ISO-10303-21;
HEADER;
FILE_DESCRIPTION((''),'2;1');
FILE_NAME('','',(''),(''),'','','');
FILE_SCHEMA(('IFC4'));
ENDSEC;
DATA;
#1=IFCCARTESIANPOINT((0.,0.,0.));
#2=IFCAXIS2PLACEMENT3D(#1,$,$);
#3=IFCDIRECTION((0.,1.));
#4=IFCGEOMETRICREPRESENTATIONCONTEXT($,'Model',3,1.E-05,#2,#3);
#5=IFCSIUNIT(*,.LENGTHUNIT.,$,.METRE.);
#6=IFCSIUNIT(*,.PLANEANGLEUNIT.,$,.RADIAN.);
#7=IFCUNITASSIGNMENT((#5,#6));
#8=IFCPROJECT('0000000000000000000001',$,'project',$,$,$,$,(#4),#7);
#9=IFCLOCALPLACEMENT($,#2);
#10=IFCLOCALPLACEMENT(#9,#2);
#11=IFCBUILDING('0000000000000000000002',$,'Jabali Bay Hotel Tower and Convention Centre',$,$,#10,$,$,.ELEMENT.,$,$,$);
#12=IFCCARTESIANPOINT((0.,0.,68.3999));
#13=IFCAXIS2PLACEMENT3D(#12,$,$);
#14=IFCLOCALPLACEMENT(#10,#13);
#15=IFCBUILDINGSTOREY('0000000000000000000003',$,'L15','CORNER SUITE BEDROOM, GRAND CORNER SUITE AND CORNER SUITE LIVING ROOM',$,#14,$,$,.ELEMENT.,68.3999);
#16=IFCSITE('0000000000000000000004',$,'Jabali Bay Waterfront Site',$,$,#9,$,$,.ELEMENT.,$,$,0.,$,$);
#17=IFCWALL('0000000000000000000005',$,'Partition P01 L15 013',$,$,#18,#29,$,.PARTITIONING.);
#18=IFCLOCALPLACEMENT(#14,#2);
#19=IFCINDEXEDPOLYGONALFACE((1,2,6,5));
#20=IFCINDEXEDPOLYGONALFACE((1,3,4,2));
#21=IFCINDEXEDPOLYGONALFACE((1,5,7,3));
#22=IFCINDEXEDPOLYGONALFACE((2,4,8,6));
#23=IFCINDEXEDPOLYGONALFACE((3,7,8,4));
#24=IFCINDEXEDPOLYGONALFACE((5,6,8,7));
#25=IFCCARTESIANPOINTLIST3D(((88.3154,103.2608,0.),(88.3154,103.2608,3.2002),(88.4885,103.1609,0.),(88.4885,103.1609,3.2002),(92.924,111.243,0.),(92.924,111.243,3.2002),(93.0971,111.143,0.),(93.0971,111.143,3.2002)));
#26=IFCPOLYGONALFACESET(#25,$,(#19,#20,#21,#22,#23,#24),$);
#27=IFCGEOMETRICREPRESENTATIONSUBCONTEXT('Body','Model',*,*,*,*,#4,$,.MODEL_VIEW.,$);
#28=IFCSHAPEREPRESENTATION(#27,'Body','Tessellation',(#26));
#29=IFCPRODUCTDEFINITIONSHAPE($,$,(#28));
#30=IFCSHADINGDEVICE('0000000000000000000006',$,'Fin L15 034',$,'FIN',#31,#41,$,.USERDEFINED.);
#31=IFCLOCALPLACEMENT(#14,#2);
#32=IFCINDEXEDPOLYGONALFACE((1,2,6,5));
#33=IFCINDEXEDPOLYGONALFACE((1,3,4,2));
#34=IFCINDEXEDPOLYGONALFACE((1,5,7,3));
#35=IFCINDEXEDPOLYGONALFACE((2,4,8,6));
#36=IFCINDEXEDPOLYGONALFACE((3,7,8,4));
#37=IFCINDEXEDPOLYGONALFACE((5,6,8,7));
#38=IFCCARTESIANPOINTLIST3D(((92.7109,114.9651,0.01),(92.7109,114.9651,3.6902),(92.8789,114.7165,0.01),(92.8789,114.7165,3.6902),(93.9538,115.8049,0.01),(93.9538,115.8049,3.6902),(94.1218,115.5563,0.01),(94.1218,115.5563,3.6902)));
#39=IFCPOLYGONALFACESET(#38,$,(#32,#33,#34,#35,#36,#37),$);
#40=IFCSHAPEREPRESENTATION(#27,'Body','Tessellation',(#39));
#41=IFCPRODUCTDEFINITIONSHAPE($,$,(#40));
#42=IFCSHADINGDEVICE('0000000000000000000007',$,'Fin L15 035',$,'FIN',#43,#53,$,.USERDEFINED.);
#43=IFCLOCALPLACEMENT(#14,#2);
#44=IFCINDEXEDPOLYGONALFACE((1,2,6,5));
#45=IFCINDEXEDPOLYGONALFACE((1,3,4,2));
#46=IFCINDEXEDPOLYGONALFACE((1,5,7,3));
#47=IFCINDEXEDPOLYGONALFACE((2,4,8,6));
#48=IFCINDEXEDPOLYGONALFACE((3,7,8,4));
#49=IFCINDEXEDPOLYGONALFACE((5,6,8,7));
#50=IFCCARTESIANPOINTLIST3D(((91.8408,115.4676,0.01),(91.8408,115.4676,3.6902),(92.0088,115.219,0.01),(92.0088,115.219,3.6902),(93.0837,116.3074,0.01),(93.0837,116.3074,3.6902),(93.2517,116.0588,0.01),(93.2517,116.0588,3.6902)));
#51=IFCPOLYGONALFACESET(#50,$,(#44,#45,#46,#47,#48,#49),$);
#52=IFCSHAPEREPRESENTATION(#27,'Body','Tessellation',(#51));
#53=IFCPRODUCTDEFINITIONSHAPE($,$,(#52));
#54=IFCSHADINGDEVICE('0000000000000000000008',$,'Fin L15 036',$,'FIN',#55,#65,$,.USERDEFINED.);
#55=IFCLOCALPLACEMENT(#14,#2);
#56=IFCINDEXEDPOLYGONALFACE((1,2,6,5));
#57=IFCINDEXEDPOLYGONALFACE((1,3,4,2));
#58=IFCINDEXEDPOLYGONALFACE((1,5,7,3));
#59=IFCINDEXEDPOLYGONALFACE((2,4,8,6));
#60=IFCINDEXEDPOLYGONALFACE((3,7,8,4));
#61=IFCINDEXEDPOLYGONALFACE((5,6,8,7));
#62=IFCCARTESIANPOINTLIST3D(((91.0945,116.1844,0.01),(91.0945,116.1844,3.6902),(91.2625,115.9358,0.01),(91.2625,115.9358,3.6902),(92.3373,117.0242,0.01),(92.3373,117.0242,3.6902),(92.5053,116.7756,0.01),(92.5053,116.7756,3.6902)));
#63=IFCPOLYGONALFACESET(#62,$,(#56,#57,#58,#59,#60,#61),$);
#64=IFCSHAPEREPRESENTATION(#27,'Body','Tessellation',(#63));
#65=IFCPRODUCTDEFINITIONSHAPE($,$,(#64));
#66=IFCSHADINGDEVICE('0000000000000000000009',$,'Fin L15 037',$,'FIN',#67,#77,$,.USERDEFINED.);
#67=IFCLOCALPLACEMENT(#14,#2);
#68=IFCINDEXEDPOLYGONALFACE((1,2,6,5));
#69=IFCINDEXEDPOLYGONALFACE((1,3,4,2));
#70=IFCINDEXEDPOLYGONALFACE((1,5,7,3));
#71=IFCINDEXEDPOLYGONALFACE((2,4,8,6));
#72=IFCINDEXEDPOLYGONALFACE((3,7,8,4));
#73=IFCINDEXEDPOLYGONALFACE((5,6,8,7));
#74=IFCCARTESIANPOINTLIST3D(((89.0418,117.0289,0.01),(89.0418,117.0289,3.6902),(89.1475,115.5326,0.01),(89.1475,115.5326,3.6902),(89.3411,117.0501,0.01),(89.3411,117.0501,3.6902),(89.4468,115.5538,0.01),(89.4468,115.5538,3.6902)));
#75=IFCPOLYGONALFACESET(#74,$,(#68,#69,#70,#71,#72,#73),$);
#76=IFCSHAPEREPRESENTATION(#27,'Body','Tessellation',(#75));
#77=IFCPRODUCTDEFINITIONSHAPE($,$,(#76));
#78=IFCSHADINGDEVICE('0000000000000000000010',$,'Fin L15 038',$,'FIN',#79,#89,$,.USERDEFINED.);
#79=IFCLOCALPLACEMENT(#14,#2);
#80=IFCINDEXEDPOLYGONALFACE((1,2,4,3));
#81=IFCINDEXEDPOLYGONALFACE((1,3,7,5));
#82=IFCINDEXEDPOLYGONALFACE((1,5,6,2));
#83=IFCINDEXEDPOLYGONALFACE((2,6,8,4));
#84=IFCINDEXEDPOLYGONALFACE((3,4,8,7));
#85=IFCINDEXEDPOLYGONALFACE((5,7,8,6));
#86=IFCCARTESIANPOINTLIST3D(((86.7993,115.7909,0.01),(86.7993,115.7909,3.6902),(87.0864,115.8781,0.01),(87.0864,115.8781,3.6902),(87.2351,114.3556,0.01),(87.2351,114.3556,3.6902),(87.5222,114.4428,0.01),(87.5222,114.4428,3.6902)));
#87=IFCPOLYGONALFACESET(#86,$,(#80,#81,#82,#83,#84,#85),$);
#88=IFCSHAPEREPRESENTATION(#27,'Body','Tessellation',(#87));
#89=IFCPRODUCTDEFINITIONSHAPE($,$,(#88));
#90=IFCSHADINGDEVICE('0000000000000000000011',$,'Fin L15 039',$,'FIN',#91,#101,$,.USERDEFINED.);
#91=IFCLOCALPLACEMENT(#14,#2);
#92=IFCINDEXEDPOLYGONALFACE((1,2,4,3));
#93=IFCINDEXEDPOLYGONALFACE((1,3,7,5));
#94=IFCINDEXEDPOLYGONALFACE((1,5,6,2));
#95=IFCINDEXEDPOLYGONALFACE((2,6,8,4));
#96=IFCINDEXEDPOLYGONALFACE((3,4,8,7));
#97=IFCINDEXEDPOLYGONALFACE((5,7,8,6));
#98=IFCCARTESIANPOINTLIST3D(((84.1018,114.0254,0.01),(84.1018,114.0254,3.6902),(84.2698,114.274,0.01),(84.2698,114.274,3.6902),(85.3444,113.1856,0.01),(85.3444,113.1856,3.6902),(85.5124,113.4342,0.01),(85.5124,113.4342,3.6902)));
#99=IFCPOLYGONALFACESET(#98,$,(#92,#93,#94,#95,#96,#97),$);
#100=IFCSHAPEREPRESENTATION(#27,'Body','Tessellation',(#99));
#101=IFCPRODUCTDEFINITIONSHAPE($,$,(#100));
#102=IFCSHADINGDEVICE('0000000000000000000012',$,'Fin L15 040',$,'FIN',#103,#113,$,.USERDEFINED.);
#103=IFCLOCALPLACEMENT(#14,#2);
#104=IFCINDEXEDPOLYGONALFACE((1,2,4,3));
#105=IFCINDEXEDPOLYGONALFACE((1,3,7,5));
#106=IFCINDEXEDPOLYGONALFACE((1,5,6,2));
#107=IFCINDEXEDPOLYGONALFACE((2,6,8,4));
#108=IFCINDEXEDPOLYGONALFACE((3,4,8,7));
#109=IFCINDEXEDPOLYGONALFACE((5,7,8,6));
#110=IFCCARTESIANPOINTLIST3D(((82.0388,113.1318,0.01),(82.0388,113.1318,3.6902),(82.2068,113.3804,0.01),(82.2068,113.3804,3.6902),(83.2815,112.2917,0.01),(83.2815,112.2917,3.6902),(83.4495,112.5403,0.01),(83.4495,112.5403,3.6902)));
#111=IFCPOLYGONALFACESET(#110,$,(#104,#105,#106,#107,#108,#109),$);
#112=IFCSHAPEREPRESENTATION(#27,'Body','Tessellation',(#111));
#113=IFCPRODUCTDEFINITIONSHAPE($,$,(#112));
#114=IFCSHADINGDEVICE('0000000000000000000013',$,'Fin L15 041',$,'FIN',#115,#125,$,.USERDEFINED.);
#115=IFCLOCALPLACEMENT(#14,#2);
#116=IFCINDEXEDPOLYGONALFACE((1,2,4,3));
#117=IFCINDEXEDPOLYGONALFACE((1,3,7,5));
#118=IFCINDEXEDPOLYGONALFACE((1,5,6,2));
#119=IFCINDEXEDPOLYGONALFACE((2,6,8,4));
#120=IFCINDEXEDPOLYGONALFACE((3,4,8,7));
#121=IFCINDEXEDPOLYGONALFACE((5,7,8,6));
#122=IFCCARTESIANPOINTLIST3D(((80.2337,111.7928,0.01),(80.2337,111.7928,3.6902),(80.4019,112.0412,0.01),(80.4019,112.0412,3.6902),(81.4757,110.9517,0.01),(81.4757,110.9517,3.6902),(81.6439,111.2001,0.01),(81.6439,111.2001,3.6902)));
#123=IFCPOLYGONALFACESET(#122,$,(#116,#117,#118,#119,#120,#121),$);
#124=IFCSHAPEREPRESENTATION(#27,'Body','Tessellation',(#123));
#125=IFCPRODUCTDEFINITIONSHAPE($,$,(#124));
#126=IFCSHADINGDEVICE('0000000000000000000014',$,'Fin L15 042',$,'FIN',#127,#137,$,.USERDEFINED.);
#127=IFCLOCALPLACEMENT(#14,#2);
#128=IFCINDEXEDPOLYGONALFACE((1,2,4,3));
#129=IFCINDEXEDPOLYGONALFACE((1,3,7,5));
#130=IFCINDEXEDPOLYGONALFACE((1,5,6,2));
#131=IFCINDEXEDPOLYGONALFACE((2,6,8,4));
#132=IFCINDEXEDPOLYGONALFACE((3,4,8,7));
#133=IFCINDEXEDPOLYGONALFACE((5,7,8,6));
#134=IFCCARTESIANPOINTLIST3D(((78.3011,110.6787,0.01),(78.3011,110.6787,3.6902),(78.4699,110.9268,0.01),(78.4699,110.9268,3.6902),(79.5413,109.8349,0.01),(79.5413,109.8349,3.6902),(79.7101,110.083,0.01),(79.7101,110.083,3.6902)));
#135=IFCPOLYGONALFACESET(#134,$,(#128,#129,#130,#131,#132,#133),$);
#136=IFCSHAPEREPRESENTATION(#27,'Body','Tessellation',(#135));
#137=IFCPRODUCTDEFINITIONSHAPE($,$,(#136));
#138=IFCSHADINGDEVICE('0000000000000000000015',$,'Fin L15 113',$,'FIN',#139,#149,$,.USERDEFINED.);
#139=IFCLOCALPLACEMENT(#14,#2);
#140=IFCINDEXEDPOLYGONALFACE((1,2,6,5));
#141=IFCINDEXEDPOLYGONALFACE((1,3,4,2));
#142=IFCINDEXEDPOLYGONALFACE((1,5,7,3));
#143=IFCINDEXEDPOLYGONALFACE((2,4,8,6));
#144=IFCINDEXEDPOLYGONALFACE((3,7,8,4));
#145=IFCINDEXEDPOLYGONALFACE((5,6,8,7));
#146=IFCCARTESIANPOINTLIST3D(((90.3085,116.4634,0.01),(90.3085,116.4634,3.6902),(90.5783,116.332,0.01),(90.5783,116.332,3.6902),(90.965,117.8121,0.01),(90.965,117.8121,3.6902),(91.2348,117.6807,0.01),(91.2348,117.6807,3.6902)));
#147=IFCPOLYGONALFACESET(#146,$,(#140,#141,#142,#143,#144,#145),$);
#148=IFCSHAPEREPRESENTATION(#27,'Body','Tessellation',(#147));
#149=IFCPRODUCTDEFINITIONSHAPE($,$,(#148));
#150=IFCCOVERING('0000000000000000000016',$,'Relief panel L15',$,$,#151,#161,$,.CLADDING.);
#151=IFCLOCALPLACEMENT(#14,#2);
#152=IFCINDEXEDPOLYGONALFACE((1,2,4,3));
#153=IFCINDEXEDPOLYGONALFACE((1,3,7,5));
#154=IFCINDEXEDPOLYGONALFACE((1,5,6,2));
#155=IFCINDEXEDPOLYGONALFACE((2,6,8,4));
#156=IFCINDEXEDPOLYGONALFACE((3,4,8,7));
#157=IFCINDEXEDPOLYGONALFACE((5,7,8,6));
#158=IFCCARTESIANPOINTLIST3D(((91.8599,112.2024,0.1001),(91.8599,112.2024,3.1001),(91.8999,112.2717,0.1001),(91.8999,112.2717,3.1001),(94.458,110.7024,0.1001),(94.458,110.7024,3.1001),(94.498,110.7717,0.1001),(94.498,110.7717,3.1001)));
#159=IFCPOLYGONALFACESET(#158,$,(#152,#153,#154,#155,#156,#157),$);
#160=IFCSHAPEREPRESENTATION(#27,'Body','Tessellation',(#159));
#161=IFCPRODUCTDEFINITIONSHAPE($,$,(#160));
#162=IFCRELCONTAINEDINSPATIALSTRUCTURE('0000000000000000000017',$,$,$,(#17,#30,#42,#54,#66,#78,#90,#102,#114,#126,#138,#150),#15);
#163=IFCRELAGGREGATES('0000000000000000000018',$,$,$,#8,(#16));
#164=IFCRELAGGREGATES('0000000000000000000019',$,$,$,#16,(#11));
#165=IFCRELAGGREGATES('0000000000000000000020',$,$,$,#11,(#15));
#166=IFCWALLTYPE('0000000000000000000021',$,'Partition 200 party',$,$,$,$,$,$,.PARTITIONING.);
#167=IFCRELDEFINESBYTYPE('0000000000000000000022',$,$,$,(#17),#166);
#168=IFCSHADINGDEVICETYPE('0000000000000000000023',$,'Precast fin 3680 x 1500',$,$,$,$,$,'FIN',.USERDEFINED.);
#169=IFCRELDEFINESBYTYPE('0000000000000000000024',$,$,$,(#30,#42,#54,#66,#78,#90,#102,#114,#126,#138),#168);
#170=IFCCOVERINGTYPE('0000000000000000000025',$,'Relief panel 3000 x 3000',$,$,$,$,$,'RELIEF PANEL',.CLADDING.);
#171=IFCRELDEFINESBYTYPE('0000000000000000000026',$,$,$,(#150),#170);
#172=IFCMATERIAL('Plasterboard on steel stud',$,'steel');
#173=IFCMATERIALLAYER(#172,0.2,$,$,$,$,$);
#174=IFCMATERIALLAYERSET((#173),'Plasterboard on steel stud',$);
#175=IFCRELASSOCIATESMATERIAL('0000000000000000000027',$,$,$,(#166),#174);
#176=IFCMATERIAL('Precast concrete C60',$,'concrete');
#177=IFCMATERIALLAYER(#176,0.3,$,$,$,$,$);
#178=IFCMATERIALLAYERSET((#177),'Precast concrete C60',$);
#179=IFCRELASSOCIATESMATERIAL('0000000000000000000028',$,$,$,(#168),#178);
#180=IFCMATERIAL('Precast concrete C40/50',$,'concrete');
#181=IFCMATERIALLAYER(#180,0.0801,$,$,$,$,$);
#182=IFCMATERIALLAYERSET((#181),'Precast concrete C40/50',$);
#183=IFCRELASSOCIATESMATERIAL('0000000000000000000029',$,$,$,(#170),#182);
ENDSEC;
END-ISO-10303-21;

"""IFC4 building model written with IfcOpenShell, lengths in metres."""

from ifc_helpers import new_model, si_unit, direction, frame, frame_2d, origin, origin_2d, place, context, subcontext, project, spatial, rectangle, extrude, material, layer, layer_set, type_object, element, save


model = new_model("IFC4")

# Units and contexts
model_context = context("Model", 3, precision=1e-05, world=origin(), true_north=direction((0.0, 1.0)))
body_context = subcontext(model_context, "Body", "Model", "MODEL_VIEW")
ifc_project = project(units=[si_unit("LENGTHUNIT", "METRE"), si_unit("PLANEANGLEUNIT", "RADIAN")], contexts=[model_context])

# Site, building, storey
site_placement = place(None, origin())
site = spatial("IfcSite", under=ifc_project, at=site_placement, Name="Jabali Bay Waterfront Site", CompositionType="ELEMENT", RefElevation=0.0)
building_placement = place(site_placement, origin())
building = spatial("IfcBuilding", under=site, at=building_placement, Name="Jabali Bay Hotel Tower and Convention Centre", CompositionType="ELEMENT")
storey_placement = place(building_placement, frame((0.0, 0.0, 68.3999)))
storey = spatial("IfcBuildingStorey", under=building, at=storey_placement, Name="L15", Description="CORNER SUITE BEDROOM, GRAND CORNER SUITE AND CORNER SUITE LIVING ROOM", CompositionType="ELEMENT", Elevation=68.3999)

# Shared definitions
ifc_material_1 = material(Name="Plasterboard on steel stud", Category="steel")

# Wall
ifc_layer_1 = layer(ifc_material_1, 0.2)
ifc_layer_set_1 = layer_set([ifc_layer_1], Name="Plasterboard on steel stud")
wall_type_1 = type_object("IfcWallType", Name="Partition 200 party", PredefinedType="PARTITIONING", material=ifc_layer_set_1)
wall_1_placement = place(storey_placement, frame((93.0105, 111.1929, 0.0), z_axis=(0.0, 0.0, 1.0), x_axis=(-0.500011, -0.866019, 0.0)))
element("IfcWall", 1, at=wall_1_placement, inside=storey, type_object=wall_type_1, Name="Partition P01 L15 013", PredefinedType="PARTITIONING", context=body_context, shape_type="SweptSolid", body=[
    extrude(rectangle(XDim=9.217, YDim=0.2, at=frame_2d((4.6084, 0.0))), origin(), (0.0, 0.0, 1.0), 3.2002),
])

# Shading devices
ifc_material_2 = material(Name="Precast concrete C60", Category="concrete")
ifc_layer_2 = layer(ifc_material_2, 0.3)
ifc_layer_set_2 = layer_set([ifc_layer_2], Name="Precast concrete C60")
shading_device_type = type_object("IfcShadingDeviceType", Name="Precast fin 3680 x 1500", ElementType="FIN", PredefinedType="USERDEFINED", material=ifc_layer_set_2)
for number, where, z_axis, x_axis, name in (
    (2, (92.7949, 114.8408, 0.01), (0.0, 0.0, 1.0), (0.828579, 0.559873, 0.0), "Fin L15 034"),
    (3, (91.9248, 115.3433, 0.01), (0.0, 0.0, 1.0), (0.828579, 0.559873, 0.0), "Fin L15 035"),
    (4, (91.1785, 116.0601, 0.01), (0.0, 0.0, 1.0), (0.828579, 0.559873, 0.0), "Fin L15 036"),
    (5, (89.2971, 115.5432, 0.01), (0.0, 0.0, 1.0), (-0.070472, 0.997514, 0.0), "Fin L15 037"),
    (6, (87.3787, 114.3992, 0.01), (0.0, 0.0, 1.0), (-0.290527, 0.956867, 0.0), "Fin L15 038"),
):
    element("IfcShadingDevice", number, at=place(storey_placement, frame(where, z_axis=z_axis, x_axis=x_axis)), inside=storey, type_object=shading_device_type, Name=name, ObjectType="FIN", PredefinedType="USERDEFINED", context=body_context, shape_type="SweptSolid", body=[
        extrude(rectangle(XDim=1.5, YDim=0.3, at=frame_2d((0.75, 0.0))), origin(), (0.0, 0.0, 1.0), 3.6802),
    ])
shading_device_placement = place(storey_placement, frame((85.4285, 113.3098, 0.01), z_axis=(0.0, 0.0, 1.0), x_axis=(-0.828528, 0.559948, 0.0)))
element("IfcShadingDevice", 7, at=shading_device_placement, inside=storey, type_object=shading_device_type, Name="Fin L15 039", ObjectType="FIN", PredefinedType="USERDEFINED", context=body_context, shape_type="SweptSolid", body=[
    extrude(rectangle(XDim=1.4998, YDim=0.3, at=frame_2d((0.75, 0.0))), origin(), (0.0, 0.0, 1.0), 3.6802),
])
for number, where, z_axis, x_axis, name in (
    (8, (83.3655, 112.416, 0.01), (0.0, 0.0, 1.0), (-0.828452, 0.56006, 0.0), "Fin L15 040"),
    (9, (81.5598, 111.0759, 0.01), (0.0, 0.0, 1.0), (-0.827997, 0.560733, 0.0), "Fin L15 041"),
    (10, (79.6257, 109.959, 0.01), (0.0, 0.0, 1.0), (-0.826805, 0.562488, 0.0), "Fin L15 042"),
    (11, (90.4434, 116.3977, 0.01), (0.0, 0.0, 1.0), (0.437683, 0.899129, 0.0), "Fin L15 113"),
):
    element("IfcShadingDevice", number, at=place(storey_placement, frame(where, z_axis=z_axis, x_axis=x_axis)), inside=storey, type_object=shading_device_type, Name=name, ObjectType="FIN", PredefinedType="USERDEFINED", context=body_context, shape_type="SweptSolid", body=[
        extrude(rectangle(XDim=1.5, YDim=0.3, at=frame_2d((0.75, 0.0))), origin(), (0.0, 0.0, 1.0), 3.6802),
    ])

# Covering
ifc_material_3 = material(Name="Precast concrete C40/50", Category="concrete")
ifc_layer_3 = layer(ifc_material_3, 0.0801)
ifc_layer_set_3 = layer_set([ifc_layer_3], Name="Precast concrete C40/50")
covering_type = type_object("IfcCoveringType", Name="Relief panel 3000 x 3000", ElementType="RELIEF PANEL", PredefinedType="CLADDING", material=ifc_layer_set_3)
covering_placement = place(storey_placement, frame((93.179, 111.4871, 0.1001), z_axis=(0.0, 0.0, 1.0), x_axis=(0.866025, -0.5, 0.0)))
element("IfcCovering", 12, at=covering_placement, inside=storey, type_object=covering_type, Name="Relief panel L15", PredefinedType="CLADDING", context=body_context, shape_type="SweptSolid", body=[
    extrude(rectangle(XDim=3.0, YDim=0.0801, at=origin_2d()), origin(), (0.0, 0.0, 1.0), 3.0),
])

save(model, "model.ifc")
